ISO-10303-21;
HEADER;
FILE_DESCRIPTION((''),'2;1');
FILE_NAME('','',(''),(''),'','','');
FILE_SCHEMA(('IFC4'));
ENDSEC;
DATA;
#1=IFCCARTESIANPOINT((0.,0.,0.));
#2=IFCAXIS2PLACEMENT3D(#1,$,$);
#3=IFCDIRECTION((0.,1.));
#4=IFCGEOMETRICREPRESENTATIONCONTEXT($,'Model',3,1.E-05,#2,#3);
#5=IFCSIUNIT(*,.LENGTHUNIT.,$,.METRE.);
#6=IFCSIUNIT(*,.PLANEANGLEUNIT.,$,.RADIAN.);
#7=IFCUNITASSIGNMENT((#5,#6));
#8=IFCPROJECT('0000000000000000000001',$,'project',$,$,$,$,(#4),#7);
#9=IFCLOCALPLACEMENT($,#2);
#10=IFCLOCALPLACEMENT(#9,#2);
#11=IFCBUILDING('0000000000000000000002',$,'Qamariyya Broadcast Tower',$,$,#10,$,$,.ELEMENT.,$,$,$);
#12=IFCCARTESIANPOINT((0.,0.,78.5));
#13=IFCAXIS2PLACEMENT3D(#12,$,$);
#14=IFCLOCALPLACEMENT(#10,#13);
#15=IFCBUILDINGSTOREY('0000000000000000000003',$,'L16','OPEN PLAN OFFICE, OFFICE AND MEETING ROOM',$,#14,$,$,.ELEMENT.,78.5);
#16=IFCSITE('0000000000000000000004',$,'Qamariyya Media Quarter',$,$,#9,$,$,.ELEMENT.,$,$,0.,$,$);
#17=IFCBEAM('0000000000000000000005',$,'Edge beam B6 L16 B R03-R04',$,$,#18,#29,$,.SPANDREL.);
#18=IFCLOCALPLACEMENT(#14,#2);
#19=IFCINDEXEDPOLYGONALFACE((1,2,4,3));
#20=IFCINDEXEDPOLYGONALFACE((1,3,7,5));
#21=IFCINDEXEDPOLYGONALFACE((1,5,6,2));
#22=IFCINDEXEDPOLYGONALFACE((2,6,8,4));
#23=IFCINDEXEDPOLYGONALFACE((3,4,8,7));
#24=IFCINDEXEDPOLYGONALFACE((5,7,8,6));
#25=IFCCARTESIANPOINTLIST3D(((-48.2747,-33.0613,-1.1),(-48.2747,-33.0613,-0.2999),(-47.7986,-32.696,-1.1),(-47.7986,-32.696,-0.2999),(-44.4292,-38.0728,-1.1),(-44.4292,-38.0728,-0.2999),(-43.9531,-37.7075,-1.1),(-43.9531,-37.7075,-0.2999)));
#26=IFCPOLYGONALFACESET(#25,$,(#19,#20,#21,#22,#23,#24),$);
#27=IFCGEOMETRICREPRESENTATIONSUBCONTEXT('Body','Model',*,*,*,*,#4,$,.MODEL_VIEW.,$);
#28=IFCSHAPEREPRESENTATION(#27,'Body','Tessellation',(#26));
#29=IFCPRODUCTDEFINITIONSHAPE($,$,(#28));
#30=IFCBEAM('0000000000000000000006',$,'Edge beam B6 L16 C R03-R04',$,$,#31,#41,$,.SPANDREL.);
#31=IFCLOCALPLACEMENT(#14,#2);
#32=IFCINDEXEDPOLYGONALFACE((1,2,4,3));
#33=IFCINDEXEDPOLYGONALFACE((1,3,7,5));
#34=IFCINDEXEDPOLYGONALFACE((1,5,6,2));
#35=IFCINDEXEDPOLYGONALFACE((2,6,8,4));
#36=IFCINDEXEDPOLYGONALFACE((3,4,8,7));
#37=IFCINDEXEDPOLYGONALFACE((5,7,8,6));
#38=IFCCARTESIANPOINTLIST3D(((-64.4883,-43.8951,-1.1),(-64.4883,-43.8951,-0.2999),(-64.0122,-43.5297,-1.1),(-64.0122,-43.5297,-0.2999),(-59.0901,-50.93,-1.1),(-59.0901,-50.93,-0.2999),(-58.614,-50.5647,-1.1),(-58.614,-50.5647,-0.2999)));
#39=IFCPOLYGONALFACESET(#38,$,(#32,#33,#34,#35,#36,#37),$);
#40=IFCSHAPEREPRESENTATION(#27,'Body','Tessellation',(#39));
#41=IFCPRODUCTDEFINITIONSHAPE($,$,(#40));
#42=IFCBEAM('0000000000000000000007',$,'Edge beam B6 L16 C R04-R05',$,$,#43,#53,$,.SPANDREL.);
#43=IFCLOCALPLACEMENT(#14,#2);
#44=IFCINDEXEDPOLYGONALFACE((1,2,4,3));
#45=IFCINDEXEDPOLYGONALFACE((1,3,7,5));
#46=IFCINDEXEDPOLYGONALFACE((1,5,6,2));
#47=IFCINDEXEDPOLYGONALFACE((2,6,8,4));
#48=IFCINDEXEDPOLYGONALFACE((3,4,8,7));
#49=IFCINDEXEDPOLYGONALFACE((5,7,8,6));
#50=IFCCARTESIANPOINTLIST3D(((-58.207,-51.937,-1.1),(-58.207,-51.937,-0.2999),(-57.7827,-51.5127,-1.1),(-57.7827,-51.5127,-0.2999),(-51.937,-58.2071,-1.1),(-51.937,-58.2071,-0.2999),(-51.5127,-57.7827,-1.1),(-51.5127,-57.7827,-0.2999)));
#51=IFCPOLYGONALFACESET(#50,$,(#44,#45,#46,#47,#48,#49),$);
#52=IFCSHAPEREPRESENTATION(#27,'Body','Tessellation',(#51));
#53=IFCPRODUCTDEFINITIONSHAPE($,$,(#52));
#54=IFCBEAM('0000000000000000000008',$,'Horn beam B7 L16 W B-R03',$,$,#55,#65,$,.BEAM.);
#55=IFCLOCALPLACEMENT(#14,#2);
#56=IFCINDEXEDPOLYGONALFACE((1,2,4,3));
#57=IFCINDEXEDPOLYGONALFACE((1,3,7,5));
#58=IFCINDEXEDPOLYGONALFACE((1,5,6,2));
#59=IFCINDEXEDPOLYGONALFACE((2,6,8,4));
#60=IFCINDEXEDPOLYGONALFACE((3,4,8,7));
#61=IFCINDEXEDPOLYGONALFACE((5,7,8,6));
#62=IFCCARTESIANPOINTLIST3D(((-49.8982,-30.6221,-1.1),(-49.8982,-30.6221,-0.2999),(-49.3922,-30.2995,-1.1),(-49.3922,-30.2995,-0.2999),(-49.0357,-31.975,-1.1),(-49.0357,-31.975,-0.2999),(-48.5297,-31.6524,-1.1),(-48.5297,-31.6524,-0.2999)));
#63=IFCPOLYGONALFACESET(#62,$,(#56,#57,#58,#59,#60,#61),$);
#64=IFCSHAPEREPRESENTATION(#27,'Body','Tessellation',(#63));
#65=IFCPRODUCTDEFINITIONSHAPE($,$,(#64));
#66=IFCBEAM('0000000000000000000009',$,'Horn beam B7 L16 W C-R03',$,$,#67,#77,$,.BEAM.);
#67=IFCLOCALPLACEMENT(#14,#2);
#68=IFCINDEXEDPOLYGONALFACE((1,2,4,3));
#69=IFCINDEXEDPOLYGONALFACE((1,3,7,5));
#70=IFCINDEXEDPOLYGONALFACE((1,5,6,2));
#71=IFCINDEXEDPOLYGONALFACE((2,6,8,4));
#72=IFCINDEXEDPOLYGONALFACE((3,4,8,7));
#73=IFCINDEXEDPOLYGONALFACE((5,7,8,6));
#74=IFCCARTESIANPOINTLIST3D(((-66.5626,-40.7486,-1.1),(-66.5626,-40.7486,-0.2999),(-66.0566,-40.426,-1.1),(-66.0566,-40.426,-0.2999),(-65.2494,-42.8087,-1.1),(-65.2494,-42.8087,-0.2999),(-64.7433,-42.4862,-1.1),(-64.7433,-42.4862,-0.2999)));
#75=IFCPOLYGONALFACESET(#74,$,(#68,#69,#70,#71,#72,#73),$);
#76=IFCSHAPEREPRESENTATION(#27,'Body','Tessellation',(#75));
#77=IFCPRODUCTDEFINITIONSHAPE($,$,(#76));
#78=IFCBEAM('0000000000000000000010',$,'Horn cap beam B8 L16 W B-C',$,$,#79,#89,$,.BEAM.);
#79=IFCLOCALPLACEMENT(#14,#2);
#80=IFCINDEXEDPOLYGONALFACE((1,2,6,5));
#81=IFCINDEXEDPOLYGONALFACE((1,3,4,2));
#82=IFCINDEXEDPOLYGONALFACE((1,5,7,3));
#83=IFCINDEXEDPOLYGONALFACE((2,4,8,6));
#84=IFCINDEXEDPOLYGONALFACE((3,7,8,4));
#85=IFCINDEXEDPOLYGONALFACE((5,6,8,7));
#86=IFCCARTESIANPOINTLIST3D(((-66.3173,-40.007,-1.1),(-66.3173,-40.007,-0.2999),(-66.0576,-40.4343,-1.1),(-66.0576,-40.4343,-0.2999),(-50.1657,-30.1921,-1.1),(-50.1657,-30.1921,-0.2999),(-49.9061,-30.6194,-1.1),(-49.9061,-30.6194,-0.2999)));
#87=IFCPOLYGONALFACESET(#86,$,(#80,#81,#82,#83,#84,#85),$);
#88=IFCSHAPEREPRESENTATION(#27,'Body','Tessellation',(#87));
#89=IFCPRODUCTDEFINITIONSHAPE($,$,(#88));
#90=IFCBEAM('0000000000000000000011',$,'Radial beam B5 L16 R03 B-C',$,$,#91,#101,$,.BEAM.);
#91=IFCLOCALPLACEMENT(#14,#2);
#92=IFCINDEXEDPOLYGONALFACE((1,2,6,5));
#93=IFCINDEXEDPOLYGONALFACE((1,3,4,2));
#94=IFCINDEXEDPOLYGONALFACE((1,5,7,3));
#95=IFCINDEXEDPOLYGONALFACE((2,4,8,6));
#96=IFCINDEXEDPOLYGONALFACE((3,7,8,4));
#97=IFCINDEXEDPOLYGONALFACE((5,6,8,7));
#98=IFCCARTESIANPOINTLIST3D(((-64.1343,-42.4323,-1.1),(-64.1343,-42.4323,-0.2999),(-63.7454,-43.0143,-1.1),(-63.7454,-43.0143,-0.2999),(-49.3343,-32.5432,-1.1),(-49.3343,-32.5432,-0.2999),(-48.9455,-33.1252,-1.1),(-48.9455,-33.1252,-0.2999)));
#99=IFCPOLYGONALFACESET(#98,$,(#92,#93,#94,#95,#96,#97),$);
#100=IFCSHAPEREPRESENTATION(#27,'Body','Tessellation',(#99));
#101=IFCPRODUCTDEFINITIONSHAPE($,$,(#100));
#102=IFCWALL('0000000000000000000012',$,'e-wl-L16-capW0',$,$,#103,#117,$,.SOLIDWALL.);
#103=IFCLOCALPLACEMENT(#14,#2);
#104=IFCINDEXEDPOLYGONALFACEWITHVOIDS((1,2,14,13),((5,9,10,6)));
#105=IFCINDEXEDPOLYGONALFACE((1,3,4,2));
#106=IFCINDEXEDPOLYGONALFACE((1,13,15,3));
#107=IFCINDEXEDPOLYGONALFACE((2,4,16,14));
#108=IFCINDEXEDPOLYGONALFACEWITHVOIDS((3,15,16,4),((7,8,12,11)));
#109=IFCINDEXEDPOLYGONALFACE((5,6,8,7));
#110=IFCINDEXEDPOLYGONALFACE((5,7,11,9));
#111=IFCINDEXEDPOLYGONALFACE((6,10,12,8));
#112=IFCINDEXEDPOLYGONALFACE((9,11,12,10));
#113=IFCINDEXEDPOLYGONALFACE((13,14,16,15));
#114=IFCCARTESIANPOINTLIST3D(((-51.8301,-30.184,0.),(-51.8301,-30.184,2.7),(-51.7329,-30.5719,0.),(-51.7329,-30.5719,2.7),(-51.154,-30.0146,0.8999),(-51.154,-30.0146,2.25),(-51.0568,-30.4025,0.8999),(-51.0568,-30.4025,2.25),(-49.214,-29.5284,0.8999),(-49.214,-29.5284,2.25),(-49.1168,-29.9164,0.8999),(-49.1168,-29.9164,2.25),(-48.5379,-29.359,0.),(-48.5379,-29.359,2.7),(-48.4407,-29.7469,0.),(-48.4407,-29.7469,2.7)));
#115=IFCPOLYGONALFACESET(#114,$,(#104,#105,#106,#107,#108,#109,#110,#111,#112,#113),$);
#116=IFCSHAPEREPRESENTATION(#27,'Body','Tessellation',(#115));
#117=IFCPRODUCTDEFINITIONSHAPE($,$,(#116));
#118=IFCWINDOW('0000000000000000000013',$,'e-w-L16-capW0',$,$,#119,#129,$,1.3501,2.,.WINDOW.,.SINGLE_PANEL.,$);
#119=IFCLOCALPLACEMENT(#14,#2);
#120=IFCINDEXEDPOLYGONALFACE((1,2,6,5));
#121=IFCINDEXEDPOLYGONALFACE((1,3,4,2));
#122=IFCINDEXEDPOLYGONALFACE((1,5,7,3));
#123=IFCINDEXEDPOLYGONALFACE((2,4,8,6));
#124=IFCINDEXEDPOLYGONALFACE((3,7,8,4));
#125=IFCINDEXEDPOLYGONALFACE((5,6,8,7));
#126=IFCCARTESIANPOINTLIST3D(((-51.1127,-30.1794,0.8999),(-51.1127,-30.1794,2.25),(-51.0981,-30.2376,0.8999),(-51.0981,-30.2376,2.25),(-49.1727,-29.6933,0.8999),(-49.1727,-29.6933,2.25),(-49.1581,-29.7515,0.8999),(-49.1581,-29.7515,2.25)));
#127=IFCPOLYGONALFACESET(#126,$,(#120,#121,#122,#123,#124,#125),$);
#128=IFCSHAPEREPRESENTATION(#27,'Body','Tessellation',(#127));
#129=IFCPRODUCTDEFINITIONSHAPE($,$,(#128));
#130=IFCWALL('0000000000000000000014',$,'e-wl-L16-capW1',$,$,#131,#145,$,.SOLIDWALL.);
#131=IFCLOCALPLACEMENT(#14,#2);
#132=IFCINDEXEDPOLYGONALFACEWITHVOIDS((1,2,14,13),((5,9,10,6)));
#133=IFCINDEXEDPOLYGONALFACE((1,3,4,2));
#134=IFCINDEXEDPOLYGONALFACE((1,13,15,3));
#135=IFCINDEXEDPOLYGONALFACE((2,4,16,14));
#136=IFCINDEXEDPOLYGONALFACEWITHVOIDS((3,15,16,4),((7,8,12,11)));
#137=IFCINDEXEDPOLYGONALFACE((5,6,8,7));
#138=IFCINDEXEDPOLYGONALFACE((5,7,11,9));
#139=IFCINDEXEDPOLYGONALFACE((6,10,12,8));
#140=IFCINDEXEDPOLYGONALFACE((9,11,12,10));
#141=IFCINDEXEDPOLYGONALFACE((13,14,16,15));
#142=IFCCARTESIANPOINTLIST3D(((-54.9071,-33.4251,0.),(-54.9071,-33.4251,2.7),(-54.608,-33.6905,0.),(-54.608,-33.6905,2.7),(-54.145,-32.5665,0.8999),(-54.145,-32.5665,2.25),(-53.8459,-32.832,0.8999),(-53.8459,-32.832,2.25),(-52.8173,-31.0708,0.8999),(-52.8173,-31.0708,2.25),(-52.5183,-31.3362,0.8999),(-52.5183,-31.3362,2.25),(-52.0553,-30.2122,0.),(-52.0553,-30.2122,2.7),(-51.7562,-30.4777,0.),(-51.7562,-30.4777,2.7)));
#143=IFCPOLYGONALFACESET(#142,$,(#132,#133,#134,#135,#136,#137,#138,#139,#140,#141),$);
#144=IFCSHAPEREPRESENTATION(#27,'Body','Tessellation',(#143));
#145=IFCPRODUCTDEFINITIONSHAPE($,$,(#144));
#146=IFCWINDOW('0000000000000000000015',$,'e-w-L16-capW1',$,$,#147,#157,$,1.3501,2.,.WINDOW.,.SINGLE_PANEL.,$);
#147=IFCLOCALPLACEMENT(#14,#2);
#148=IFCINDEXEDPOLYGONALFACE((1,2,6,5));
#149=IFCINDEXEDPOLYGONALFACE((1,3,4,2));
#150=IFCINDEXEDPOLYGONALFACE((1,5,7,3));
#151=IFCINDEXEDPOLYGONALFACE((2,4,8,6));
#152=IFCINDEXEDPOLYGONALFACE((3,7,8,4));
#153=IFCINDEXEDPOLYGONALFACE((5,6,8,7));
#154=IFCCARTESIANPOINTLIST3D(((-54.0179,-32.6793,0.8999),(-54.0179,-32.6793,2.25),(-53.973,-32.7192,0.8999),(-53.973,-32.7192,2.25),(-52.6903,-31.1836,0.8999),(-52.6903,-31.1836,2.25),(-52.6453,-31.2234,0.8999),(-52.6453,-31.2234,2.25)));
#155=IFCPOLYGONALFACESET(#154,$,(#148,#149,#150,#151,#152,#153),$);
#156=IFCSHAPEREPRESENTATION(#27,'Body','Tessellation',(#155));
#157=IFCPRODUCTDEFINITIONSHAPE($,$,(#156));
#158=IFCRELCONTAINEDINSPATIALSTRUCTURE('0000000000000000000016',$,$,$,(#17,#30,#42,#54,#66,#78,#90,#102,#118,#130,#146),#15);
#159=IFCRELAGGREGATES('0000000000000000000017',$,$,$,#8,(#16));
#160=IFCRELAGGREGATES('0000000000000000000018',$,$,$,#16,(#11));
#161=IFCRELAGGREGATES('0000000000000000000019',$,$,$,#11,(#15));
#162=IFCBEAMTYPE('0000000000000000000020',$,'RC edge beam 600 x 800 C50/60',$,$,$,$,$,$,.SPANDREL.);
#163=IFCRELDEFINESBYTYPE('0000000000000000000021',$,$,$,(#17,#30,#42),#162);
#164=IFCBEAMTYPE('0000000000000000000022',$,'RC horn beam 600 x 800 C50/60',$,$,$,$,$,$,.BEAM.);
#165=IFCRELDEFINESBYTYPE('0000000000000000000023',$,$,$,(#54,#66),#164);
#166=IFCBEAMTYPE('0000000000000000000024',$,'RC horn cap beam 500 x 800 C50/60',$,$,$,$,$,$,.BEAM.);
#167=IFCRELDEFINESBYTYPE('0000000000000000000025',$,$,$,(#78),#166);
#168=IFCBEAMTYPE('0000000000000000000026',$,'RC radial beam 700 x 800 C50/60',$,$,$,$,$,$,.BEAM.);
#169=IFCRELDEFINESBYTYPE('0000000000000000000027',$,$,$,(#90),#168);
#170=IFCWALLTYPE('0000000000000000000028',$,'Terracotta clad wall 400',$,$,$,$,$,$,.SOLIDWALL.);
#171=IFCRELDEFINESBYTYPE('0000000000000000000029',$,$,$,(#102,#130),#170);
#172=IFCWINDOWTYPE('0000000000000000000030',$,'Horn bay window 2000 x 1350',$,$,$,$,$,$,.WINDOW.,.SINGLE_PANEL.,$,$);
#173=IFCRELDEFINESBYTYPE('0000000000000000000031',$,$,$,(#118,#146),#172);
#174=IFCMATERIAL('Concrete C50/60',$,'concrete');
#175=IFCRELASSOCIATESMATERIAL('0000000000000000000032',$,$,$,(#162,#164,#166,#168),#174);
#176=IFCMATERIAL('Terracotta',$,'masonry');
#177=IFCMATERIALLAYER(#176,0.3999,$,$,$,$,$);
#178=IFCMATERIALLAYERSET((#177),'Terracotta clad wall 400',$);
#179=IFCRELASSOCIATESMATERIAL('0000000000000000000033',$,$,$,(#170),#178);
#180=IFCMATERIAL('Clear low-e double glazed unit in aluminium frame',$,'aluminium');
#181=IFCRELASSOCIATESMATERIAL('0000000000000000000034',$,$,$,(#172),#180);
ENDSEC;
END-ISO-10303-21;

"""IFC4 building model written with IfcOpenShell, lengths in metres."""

from ifc_helpers import new_model, si_unit, direction, frame, frame_2d, origin, origin_2d, place, context, subcontext, project, spatial, rectangle, extrude, material, layer, layer_set, material_profile, profile_set, type_object, element, fill, save


model = new_model("IFC4")

# Units and contexts
model_context = context("Model", 3, precision=1e-05, world=origin(), true_north=direction((0.0, 1.0)))
body_context = subcontext(model_context, "Body", "Model", "MODEL_VIEW")
ifc_project = project(units=[si_unit("LENGTHUNIT", "METRE"), si_unit("PLANEANGLEUNIT", "RADIAN")], contexts=[model_context])

# Site, building, storey
site_placement = place(None, origin())
site = spatial("IfcSite", under=ifc_project, at=site_placement, Name="Qamariyya Media Quarter", CompositionType="ELEMENT", RefElevation=0.0)
building_placement = place(site_placement, origin())
building = spatial("IfcBuilding", under=site, at=building_placement, Name="Qamariyya Broadcast Tower", CompositionType="ELEMENT")
storey_placement = place(building_placement, frame((0.0, 0.0, 78.5)))
storey = spatial("IfcBuildingStorey", under=building, at=storey_placement, Name="L16", Description="OPEN PLAN OFFICE, OFFICE AND MEETING ROOM", CompositionType="ELEMENT", Elevation=78.5)

# Beams
ifc_material_1 = material(Name="Concrete C50/60", Category="concrete")
ifc_material_profile_1 = material_profile(ifc_material_1, rectangle(XDim=0.6001, YDim=0.8, at=origin_2d()))
ifc_profile_set_1 = profile_set([ifc_material_profile_1], Name="Concrete C50/60")
beam_type_1 = type_object("IfcBeamType", Name="RC edge beam 600 x 800 C50/60", PredefinedType="SPANDREL", material=ifc_profile_set_1)
beam_1_placement = place(storey_placement, frame((-48.0366, -32.8787, -0.7), z_axis=(0.608763, -0.793352, 0.0), x_axis=(0.793352, 0.608763, 0.0)))
element("IfcBeam", 1, at=beam_1_placement, inside=storey, type_object=beam_type_1, Name="Edge beam B6 L16 B R03-R04", PredefinedType="SPANDREL", context=body_context, shape_type="SweptSolid", body=[
    extrude(rectangle(XDim=0.6001, YDim=0.8, at=origin_2d()), origin(), (0.0, 0.0, 1.0), 6.3169),
])
beam_2_placement = place(storey_placement, frame((-64.2502, -43.7124, -0.7), z_axis=(0.60877, -0.793347, 0.0), x_axis=(0.793347, 0.60877, 0.0)))
element("IfcBeam", 2, at=beam_2_placement, inside=storey, type_object=beam_type_1, Name="Edge beam B6 L16 C R03-R04", PredefinedType="SPANDREL", context=body_context, shape_type="SweptSolid", body=[
    extrude(rectangle(XDim=0.6001, YDim=0.8, at=origin_2d()), origin(), (0.0, 0.0, 1.0), 8.8674),
])
beam_3_placement = place(storey_placement, frame((-57.9949, -51.7249, -0.7), z_axis=(0.707107, -0.707107, 0.0), x_axis=(0.707107, 0.707107, 0.0)))
element("IfcBeam", 3, at=beam_3_placement, inside=storey, type_object=beam_type_1, Name="Edge beam B6 L16 C R04-R05", PredefinedType="SPANDREL", context=body_context, shape_type="SweptSolid", body=[
    extrude(rectangle(XDim=0.6001, YDim=0.8, at=origin_2d()), origin(), (0.0, 0.0, 1.0), 8.8672),
])
ifc_material_profile_2 = material_profile(ifc_material_1, rectangle(XDim=0.6001, YDim=0.8, at=origin_2d()))
ifc_profile_set_2 = profile_set([ifc_material_profile_2], Name="Concrete C50/60")
beam_type_2 = type_object("IfcBeamType", Name="RC horn beam 600 x 800 C50/60", PredefinedType="BEAM", material=ifc_profile_set_2)
beam_4_placement = place(storey_placement, frame((-48.7827, -31.8137, -0.7), z_axis=(-0.537555, 0.843229, 0.0), x_axis=(-0.843229, -0.537555, 0.0)))
element("IfcBeam", 4, at=beam_4_placement, inside=storey, type_object=beam_type_2, Name="Horn beam B7 L16 W B-R03", PredefinedType="BEAM", context=body_context, shape_type="SweptSolid", body=[
    extrude(rectangle(XDim=0.6001, YDim=0.8, at=origin_2d()), origin(), (0.0, 0.0, 1.0), 1.6045),
])
beam_5_placement = place(storey_placement, frame((-64.9963, -42.6475, -0.7), z_axis=(-0.537541, 0.843237, 0.0), x_axis=(-0.843237, -0.537541, 0.0)))
element("IfcBeam", 5, at=beam_5_placement, inside=storey, type_object=beam_type_2, Name="Horn beam B7 L16 W C-R03", PredefinedType="BEAM", context=body_context, shape_type="SweptSolid", body=[
    extrude(rectangle(XDim=0.6001, YDim=0.8, at=origin_2d()), origin(), (0.0, 0.0, 1.0), 2.4431),
])
ifc_material_profile_3 = material_profile(ifc_material_1, rectangle(XDim=0.5, YDim=0.8, at=origin_2d()))
ifc_profile_set_3 = profile_set([ifc_material_profile_3], Name="Concrete C50/60")
beam_type_3 = type_object("IfcBeamType", Name="RC horn cap beam 500 x 800 C50/60", PredefinedType="BEAM", material=ifc_profile_set_3)
beam_6_placement = place(storey_placement, frame((-50.0359, -30.4058, -0.7), z_axis=(-0.854585, -0.519311, 0.0), x_axis=(0.519311, -0.854585, 0.0)))
element("IfcBeam", 6, at=beam_6_placement, inside=storey, type_object=beam_type_3, Name="Horn cap beam B8 L16 W B-C", PredefinedType="BEAM", context=body_context, shape_type="SweptSolid", body=[
    extrude(rectangle(XDim=0.5, YDim=0.8, at=origin_2d()), origin(), (0.0, 0.0, 1.0), 18.8999),
])
ifc_material_profile_4 = material_profile(ifc_material_1, rectangle(XDim=0.7, YDim=0.8, at=origin_2d()))
ifc_profile_set_4 = profile_set([ifc_material_profile_4], Name="Concrete C50/60")
beam_type_4 = type_object("IfcBeamType", Name="RC radial beam 700 x 800 C50/60", PredefinedType="BEAM", material=ifc_profile_set_4)
beam_7_placement = place(storey_placement, frame((-49.1399, -32.8342, -0.7), z_axis=(-0.831467, -0.555573, 0.0), x_axis=(0.555573, -0.831467, 0.0)))
element("IfcBeam", 7, at=beam_7_placement, inside=storey, type_object=beam_type_4, Name="Radial beam B5 L16 R03 B-C", PredefinedType="BEAM", context=body_context, shape_type="SweptSolid", body=[
    extrude(rectangle(XDim=0.7, YDim=0.8, at=origin_2d()), origin(), (0.0, 0.0, 1.0), 17.7998),
])

# Walls, openings, windows
ifc_material_2 = material(Name="Terracotta", Category="masonry")
ifc_layer = layer(ifc_material_2, 0.3999)
ifc_layer_set = layer_set([ifc_layer], Name="Terracotta clad wall 400")
wall_type = type_object("IfcWallType", Name="Terracotta clad wall 400", PredefinedType="SOLIDWALL", material=ifc_layer_set)
wall_1_placement = place(storey_placement, frame((-48.4893, -29.553, 0.0), z_axis=(0.0, 0.0, 1.0), x_axis=(-0.970011, -0.24306, 0.0)))
wall_1 = element("IfcWall", 8, at=wall_1_placement, inside=storey, type_object=wall_type, Name="e-wl-L16-capW0", PredefinedType="SOLIDWALL", context=body_context, shape_type="SweptSolid", body=[
    extrude(rectangle(XDim=3.394, YDim=0.3999, at=frame_2d((1.697, 0.0))), origin(), (0.0, 0.0, 1.0), 2.7),
])
opening_1_placement = place(wall_1_placement, frame((0.697, 0.0, 0.8999)))
opening_1 = element("IfcOpeningElement", 9, at=opening_1_placement, cuts=wall_1, PredefinedType="OPENING", context=body_context, shape_type="SweptSolid", body=[
    extrude(rectangle(XDim=2.0, YDim=1.3501, at=frame_2d((1.0, 0.675))), frame((0.0, 0.21, 0.0), z_axis=(0.0, -1.0, 0.0), x_axis=(1.0, 0.0, 0.0)), (0.0, 0.0, 1.0), 0.4199),
])
ifc_material_3 = material(Name="Clear low-e double glazed unit in aluminium frame", Category="aluminium")
window_type = type_object("IfcWindowType", Name="Horn bay window 2000 x 1350", PartitioningType="SINGLE_PANEL", PredefinedType="WINDOW", material=ifc_material_3)
window_1_placement = place(opening_1_placement, origin())
window_1 = element("IfcWindow", 10, at=window_1_placement, inside=storey, type_object=window_type, Name="e-w-L16-capW0", OverallHeight=1.3501, OverallWidth=2.0, PartitioningType="SINGLE_PANEL", PredefinedType="WINDOW", context=body_context, shape_type="SweptSolid", body=[
    extrude(rectangle(XDim=2.0, YDim=1.3501, at=frame_2d((1.0, 0.675))), frame((0.0, 0.03, 0.0), z_axis=(0.0, -1.0, 0.0), x_axis=(1.0, 0.0, 0.0)), (0.0, 0.0, 1.0), 0.0601),
])
fill(opening_1, window_1)
wall_2_placement = place(storey_placement, frame((-51.9058, -30.345, 0.0), z_axis=(0.0, 0.0, 1.0), x_axis=(-0.663831, -0.747883, 0.0)))
wall_2 = element("IfcWall", 11, at=wall_2_placement, inside=storey, type_object=wall_type, Name="e-wl-L16-capW1", PredefinedType="SOLIDWALL", context=body_context, shape_type="SweptSolid", body=[
    extrude(rectangle(XDim=4.2959, YDim=0.3999, at=frame_2d((2.1479, 0.0))), origin(), (0.0, 0.0, 1.0), 2.7),
])
opening_2_placement = place(wall_2_placement, frame((1.1479, 0.0, 0.8999)))
opening_2 = element("IfcOpeningElement", 12, at=opening_2_placement, cuts=wall_2, PredefinedType="OPENING", context=body_context, shape_type="SweptSolid", body=[
    extrude(rectangle(XDim=2.0, YDim=1.3501, at=frame_2d((1.0, 0.675))), frame((0.0, 0.21, 0.0), z_axis=(0.0, -1.0, 0.0), x_axis=(1.0, 0.0, 0.0)), (0.0, 0.0, 1.0), 0.4199),
])
window_2_placement = place(opening_2_placement, origin())
window_2 = element("IfcWindow", 13, at=window_2_placement, inside=storey, type_object=window_type, Name="e-w-L16-capW1", OverallHeight=1.3501, OverallWidth=2.0, PartitioningType="SINGLE_PANEL", PredefinedType="WINDOW", context=body_context, shape_type="SweptSolid", body=[
    extrude(rectangle(XDim=2.0, YDim=1.3501, at=frame_2d((1.0, 0.675))), frame((0.0, 0.03, 0.0), z_axis=(0.0, -1.0, 0.0), x_axis=(1.0, 0.0, 0.0)), (0.0, 0.0, 1.0), 0.0601),
])
fill(opening_2, window_2)

save(model, "model.ifc")
